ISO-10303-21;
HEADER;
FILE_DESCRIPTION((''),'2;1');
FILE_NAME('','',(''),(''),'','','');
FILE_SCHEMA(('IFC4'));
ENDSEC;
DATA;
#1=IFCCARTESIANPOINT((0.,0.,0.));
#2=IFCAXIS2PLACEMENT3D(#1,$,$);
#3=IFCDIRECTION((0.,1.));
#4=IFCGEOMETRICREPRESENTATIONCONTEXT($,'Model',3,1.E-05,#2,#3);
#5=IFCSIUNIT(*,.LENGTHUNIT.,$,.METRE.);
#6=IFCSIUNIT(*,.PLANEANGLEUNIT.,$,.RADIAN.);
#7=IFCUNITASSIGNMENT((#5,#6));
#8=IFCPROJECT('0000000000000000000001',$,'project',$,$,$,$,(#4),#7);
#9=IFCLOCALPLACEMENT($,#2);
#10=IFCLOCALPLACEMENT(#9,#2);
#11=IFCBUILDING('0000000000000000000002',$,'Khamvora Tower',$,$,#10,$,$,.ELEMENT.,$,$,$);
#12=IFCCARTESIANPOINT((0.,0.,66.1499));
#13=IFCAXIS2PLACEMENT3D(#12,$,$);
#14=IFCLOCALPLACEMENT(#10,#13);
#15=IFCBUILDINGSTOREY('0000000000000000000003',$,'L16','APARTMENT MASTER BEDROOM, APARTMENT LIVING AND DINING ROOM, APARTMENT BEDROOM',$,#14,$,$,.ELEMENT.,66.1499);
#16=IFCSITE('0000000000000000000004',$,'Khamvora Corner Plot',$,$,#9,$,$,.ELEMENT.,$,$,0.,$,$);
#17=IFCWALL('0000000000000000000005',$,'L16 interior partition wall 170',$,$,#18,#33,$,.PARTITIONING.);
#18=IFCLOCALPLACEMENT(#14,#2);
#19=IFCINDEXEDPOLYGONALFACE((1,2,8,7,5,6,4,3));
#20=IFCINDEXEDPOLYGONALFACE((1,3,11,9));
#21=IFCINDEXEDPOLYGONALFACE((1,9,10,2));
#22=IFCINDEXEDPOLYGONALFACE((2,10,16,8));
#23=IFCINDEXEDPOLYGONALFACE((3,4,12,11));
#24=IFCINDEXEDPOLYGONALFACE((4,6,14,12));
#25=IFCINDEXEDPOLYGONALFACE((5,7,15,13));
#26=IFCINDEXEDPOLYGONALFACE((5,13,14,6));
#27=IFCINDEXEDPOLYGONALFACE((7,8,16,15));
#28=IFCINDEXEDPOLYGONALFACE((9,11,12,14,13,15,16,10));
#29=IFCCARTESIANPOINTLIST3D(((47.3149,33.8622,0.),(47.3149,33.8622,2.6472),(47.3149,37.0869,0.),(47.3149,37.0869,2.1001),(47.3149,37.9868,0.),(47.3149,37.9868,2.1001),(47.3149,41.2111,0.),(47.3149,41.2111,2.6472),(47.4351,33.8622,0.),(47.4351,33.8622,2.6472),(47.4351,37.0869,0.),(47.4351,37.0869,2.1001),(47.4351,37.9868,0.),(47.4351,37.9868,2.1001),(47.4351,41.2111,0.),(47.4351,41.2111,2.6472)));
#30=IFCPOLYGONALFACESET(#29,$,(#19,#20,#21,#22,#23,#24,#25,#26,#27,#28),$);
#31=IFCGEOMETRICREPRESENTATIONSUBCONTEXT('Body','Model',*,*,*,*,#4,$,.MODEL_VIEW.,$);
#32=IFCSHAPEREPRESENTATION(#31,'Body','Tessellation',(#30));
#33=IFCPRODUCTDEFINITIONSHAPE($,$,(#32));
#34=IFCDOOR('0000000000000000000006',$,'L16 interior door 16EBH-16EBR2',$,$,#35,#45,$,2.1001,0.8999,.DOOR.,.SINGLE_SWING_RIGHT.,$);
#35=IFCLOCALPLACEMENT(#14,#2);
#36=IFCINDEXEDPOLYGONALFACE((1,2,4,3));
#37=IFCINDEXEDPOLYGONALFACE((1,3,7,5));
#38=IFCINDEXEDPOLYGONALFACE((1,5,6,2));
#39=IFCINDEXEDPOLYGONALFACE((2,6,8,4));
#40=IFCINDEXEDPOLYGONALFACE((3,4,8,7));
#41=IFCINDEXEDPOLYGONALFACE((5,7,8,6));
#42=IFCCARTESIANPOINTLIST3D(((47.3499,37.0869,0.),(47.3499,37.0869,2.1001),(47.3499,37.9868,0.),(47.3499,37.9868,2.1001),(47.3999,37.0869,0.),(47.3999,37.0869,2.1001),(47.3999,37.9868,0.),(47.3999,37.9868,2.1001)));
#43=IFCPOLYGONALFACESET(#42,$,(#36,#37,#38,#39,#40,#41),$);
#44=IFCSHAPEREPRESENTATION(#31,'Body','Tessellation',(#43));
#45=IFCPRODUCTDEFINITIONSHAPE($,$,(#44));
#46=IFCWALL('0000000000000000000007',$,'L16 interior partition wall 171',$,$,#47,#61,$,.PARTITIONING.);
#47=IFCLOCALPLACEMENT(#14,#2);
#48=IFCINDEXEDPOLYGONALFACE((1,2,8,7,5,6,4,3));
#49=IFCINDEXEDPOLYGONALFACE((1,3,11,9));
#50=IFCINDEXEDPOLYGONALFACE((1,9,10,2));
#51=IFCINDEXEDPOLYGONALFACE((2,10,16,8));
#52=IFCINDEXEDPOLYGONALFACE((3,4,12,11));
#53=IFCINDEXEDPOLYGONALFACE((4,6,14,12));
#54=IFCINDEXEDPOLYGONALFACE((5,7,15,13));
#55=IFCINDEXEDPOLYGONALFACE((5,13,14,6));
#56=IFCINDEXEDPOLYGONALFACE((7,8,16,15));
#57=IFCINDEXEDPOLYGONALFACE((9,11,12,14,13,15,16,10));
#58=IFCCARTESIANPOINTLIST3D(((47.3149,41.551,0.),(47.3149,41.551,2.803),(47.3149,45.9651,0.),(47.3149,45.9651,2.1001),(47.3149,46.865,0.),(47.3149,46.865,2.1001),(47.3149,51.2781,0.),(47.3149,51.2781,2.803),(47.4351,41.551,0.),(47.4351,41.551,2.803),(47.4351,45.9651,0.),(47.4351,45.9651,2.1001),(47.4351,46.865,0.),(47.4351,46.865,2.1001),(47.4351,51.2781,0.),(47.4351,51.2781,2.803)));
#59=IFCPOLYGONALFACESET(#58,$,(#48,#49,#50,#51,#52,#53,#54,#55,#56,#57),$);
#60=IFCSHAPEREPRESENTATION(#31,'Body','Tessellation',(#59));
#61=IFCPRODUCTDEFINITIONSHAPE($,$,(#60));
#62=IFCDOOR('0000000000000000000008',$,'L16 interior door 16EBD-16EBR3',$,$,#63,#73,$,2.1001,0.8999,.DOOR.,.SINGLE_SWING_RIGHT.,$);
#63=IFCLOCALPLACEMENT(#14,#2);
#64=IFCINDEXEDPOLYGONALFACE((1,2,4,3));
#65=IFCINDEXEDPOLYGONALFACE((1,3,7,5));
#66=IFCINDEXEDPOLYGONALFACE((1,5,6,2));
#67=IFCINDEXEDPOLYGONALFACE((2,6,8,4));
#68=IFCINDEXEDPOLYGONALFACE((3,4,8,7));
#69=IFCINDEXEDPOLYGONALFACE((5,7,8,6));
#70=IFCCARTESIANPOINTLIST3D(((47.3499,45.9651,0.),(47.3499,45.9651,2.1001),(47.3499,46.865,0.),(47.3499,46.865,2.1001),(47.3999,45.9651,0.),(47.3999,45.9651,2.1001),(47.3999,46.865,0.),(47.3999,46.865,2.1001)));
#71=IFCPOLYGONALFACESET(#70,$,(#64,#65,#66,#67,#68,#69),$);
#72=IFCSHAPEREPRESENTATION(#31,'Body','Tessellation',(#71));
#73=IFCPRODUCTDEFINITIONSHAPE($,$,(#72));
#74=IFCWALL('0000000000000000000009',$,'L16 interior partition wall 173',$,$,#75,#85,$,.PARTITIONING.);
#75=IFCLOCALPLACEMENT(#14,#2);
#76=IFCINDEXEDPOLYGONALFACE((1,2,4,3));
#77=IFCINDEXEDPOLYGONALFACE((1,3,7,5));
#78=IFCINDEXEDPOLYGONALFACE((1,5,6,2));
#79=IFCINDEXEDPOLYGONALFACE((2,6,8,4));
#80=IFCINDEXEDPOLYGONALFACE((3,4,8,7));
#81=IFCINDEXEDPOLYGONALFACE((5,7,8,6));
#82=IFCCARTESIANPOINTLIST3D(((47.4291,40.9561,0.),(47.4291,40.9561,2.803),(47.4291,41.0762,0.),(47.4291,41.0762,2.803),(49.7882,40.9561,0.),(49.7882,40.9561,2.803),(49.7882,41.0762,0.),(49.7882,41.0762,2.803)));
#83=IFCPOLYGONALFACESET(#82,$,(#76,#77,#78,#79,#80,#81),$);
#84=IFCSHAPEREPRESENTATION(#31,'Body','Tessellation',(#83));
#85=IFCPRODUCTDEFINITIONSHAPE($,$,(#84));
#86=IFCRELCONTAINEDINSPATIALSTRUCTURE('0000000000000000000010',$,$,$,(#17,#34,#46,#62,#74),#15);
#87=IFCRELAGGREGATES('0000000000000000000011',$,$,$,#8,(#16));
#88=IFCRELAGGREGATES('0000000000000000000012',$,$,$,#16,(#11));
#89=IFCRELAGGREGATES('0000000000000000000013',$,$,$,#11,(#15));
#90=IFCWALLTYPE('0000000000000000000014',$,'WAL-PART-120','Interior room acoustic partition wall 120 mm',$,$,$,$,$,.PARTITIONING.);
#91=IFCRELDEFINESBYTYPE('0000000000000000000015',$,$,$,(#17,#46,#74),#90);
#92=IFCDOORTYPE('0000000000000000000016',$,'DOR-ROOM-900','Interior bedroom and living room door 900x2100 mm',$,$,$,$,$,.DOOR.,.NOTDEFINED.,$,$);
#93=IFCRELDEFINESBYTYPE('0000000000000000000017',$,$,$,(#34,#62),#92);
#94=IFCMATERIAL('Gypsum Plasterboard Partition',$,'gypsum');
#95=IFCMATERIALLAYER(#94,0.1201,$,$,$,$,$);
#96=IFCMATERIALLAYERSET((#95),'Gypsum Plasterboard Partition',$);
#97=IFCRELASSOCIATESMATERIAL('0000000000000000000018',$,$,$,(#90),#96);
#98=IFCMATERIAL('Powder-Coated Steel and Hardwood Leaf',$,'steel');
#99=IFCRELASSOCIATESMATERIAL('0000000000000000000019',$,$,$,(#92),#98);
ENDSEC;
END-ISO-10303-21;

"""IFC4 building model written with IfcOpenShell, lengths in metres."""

from ifc_helpers import new_model, si_unit, direction, frame, frame_2d, origin, place, context, subcontext, project, spatial, rectangle, extrude, material, layer, layer_set, type_object, element, fill, save


model = new_model("IFC4")

# Units and contexts
model_context = context("Model", 3, precision=1e-05, world=origin(), true_north=direction((0.0, 1.0)))
body_context = subcontext(model_context, "Body", "Model", "MODEL_VIEW")
ifc_project = project(units=[si_unit("LENGTHUNIT", "METRE"), si_unit("PLANEANGLEUNIT", "RADIAN")], contexts=[model_context])

# Site, building, storey
site_placement = place(None, origin())
site = spatial("IfcSite", under=ifc_project, at=site_placement, Name="Khamvora Corner Plot", CompositionType="ELEMENT", RefElevation=0.0)
building_placement = place(site_placement, origin())
building = spatial("IfcBuilding", under=site, at=building_placement, Name="Khamvora Tower", CompositionType="ELEMENT")
storey_placement = place(building_placement, frame((0.0, 0.0, 66.1499)))
storey = spatial("IfcBuildingStorey", under=building, at=storey_placement, Name="L16", Description="APARTMENT MASTER BEDROOM, APARTMENT LIVING AND DINING ROOM, APARTMENT BEDROOM", CompositionType="ELEMENT", Elevation=66.1499)

# Shared definitions
ifc_material_1 = material(Name="Gypsum Plasterboard Partition", Category="gypsum")
ifc_layer_1 = layer(ifc_material_1, 0.1201)
ifc_layer_set_1 = layer_set([ifc_layer_1], Name="Gypsum Plasterboard Partition")
wall_type_1 = type_object("IfcWallType", Name="WAL-PART-120", Description="Interior room acoustic partition wall 120 mm", PredefinedType="PARTITIONING", material=ifc_layer_set_1)
ifc_material_2 = material(Name="Powder-Coated Steel and Hardwood Leaf", Category="steel")
door_type_1 = type_object("IfcDoorType", Name="DOR-ROOM-900", Description="Interior bedroom and living room door 900x2100 mm", OperationType="NOTDEFINED", PredefinedType="DOOR", material=ifc_material_2)

# Walls, openings, doors
wall_1_placement = place(storey_placement, frame((47.375, 41.2109, 0.0), z_axis=(0.0, 0.0, 1.0), x_axis=(0.0, -1.0, 0.0)))
wall_1 = element("IfcWall", 1, at=wall_1_placement, inside=storey, type_object=wall_type_1, Name="L16 interior partition wall 170", PredefinedType="PARTITIONING", context=body_context, shape_type="SweptSolid", body=[
    extrude(rectangle(XDim=7.3489, YDim=0.1201, at=frame_2d((3.6743, 0.0))), origin(), (0.0, 0.0, 1.0), 2.6472),
])
opening_1_placement = place(wall_1_placement, frame((3.2241, 0.0, 0.0)))
opening_1 = element("IfcOpeningElement", 2, at=opening_1_placement, cuts=wall_1, PredefinedType="OPENING", context=body_context, shape_type="SweptSolid", body=[
    extrude(rectangle(XDim=0.8999, YDim=2.1001, at=frame_2d((0.45, 1.05))), frame((0.0, 0.0701, 0.0), z_axis=(0.0, -1.0, 0.0), x_axis=(1.0, 0.0, 0.0)), (0.0, 0.0, 1.0), 0.1401),
])
door_1_placement = place(opening_1_placement, origin())
door_1 = element("IfcDoor", 3, at=door_1_placement, inside=storey, type_object=door_type_1, Name="L16 interior door 16EBH-16EBR2", OperationType="SINGLE_SWING_RIGHT", OverallHeight=2.1001, OverallWidth=0.8999, PredefinedType="DOOR", context=body_context, shape_type="SweptSolid", body=[
    extrude(rectangle(XDim=0.8999, YDim=2.1001, at=frame_2d((0.45, 1.05))), frame((0.0, 0.0249, 0.0), z_axis=(0.0, -1.0, 0.0), x_axis=(1.0, 0.0, 0.0)), (0.0, 0.0, 1.0), 0.05),
])
fill(opening_1, door_1)
wall_2_placement = place(storey_placement, frame((47.375, 51.2781, 0.0), z_axis=(0.0, 0.0, 1.0), x_axis=(0.0, -1.0, 0.0)))
wall_2 = element("IfcWall", 4, at=wall_2_placement, inside=storey, type_object=wall_type_1, Name="L16 interior partition wall 171", PredefinedType="PARTITIONING", context=body_context, shape_type="SweptSolid", body=[
    extrude(rectangle(XDim=9.7271, YDim=0.1201, at=frame_2d((4.8635, 0.0))), origin(), (0.0, 0.0, 1.0), 2.803),
])
opening_2_placement = place(wall_2_placement, frame((4.4131, 0.0, 0.0)))
opening_2 = element("IfcOpeningElement", 5, at=opening_2_placement, cuts=wall_2, PredefinedType="OPENING", context=body_context, shape_type="SweptSolid", body=[
    extrude(rectangle(XDim=0.8999, YDim=2.1001, at=frame_2d((0.45, 1.05))), frame((0.0, 0.0701, 0.0), z_axis=(0.0, -1.0, 0.0), x_axis=(1.0, 0.0, 0.0)), (0.0, 0.0, 1.0), 0.1401),
])
door_2_placement = place(opening_2_placement, origin())
door_2 = element("IfcDoor", 6, at=door_2_placement, inside=storey, type_object=door_type_1, Name="L16 interior door 16EBD-16EBR3", OperationType="SINGLE_SWING_RIGHT", OverallHeight=2.1001, OverallWidth=0.8999, PredefinedType="DOOR", context=body_context, shape_type="SweptSolid", body=[
    extrude(rectangle(XDim=0.8999, YDim=2.1001, at=frame_2d((0.45, 1.05))), frame((0.0, 0.0249, 0.0), z_axis=(0.0, -1.0, 0.0), x_axis=(1.0, 0.0, 0.0)), (0.0, 0.0, 1.0), 0.05),
])
fill(opening_2, door_2)

# Wall
wall_3_placement = place(storey_placement, frame((47.429, 41.0161, 0.0), z_axis=(0.0, 0.0, 1.0), x_axis=(1.0, 0.0, 0.0)))
element("IfcWall", 7, at=wall_3_placement, inside=storey, type_object=wall_type_1, Name="L16 interior partition wall 173", PredefinedType="PARTITIONING", context=body_context, shape_type="SweptSolid", body=[
    extrude(rectangle(XDim=2.3591, YDim=0.1201, at=frame_2d((1.1797, 0.0))), origin(), (0.0, 0.0, 1.0), 2.803),
])

save(model, "model.ifc")
